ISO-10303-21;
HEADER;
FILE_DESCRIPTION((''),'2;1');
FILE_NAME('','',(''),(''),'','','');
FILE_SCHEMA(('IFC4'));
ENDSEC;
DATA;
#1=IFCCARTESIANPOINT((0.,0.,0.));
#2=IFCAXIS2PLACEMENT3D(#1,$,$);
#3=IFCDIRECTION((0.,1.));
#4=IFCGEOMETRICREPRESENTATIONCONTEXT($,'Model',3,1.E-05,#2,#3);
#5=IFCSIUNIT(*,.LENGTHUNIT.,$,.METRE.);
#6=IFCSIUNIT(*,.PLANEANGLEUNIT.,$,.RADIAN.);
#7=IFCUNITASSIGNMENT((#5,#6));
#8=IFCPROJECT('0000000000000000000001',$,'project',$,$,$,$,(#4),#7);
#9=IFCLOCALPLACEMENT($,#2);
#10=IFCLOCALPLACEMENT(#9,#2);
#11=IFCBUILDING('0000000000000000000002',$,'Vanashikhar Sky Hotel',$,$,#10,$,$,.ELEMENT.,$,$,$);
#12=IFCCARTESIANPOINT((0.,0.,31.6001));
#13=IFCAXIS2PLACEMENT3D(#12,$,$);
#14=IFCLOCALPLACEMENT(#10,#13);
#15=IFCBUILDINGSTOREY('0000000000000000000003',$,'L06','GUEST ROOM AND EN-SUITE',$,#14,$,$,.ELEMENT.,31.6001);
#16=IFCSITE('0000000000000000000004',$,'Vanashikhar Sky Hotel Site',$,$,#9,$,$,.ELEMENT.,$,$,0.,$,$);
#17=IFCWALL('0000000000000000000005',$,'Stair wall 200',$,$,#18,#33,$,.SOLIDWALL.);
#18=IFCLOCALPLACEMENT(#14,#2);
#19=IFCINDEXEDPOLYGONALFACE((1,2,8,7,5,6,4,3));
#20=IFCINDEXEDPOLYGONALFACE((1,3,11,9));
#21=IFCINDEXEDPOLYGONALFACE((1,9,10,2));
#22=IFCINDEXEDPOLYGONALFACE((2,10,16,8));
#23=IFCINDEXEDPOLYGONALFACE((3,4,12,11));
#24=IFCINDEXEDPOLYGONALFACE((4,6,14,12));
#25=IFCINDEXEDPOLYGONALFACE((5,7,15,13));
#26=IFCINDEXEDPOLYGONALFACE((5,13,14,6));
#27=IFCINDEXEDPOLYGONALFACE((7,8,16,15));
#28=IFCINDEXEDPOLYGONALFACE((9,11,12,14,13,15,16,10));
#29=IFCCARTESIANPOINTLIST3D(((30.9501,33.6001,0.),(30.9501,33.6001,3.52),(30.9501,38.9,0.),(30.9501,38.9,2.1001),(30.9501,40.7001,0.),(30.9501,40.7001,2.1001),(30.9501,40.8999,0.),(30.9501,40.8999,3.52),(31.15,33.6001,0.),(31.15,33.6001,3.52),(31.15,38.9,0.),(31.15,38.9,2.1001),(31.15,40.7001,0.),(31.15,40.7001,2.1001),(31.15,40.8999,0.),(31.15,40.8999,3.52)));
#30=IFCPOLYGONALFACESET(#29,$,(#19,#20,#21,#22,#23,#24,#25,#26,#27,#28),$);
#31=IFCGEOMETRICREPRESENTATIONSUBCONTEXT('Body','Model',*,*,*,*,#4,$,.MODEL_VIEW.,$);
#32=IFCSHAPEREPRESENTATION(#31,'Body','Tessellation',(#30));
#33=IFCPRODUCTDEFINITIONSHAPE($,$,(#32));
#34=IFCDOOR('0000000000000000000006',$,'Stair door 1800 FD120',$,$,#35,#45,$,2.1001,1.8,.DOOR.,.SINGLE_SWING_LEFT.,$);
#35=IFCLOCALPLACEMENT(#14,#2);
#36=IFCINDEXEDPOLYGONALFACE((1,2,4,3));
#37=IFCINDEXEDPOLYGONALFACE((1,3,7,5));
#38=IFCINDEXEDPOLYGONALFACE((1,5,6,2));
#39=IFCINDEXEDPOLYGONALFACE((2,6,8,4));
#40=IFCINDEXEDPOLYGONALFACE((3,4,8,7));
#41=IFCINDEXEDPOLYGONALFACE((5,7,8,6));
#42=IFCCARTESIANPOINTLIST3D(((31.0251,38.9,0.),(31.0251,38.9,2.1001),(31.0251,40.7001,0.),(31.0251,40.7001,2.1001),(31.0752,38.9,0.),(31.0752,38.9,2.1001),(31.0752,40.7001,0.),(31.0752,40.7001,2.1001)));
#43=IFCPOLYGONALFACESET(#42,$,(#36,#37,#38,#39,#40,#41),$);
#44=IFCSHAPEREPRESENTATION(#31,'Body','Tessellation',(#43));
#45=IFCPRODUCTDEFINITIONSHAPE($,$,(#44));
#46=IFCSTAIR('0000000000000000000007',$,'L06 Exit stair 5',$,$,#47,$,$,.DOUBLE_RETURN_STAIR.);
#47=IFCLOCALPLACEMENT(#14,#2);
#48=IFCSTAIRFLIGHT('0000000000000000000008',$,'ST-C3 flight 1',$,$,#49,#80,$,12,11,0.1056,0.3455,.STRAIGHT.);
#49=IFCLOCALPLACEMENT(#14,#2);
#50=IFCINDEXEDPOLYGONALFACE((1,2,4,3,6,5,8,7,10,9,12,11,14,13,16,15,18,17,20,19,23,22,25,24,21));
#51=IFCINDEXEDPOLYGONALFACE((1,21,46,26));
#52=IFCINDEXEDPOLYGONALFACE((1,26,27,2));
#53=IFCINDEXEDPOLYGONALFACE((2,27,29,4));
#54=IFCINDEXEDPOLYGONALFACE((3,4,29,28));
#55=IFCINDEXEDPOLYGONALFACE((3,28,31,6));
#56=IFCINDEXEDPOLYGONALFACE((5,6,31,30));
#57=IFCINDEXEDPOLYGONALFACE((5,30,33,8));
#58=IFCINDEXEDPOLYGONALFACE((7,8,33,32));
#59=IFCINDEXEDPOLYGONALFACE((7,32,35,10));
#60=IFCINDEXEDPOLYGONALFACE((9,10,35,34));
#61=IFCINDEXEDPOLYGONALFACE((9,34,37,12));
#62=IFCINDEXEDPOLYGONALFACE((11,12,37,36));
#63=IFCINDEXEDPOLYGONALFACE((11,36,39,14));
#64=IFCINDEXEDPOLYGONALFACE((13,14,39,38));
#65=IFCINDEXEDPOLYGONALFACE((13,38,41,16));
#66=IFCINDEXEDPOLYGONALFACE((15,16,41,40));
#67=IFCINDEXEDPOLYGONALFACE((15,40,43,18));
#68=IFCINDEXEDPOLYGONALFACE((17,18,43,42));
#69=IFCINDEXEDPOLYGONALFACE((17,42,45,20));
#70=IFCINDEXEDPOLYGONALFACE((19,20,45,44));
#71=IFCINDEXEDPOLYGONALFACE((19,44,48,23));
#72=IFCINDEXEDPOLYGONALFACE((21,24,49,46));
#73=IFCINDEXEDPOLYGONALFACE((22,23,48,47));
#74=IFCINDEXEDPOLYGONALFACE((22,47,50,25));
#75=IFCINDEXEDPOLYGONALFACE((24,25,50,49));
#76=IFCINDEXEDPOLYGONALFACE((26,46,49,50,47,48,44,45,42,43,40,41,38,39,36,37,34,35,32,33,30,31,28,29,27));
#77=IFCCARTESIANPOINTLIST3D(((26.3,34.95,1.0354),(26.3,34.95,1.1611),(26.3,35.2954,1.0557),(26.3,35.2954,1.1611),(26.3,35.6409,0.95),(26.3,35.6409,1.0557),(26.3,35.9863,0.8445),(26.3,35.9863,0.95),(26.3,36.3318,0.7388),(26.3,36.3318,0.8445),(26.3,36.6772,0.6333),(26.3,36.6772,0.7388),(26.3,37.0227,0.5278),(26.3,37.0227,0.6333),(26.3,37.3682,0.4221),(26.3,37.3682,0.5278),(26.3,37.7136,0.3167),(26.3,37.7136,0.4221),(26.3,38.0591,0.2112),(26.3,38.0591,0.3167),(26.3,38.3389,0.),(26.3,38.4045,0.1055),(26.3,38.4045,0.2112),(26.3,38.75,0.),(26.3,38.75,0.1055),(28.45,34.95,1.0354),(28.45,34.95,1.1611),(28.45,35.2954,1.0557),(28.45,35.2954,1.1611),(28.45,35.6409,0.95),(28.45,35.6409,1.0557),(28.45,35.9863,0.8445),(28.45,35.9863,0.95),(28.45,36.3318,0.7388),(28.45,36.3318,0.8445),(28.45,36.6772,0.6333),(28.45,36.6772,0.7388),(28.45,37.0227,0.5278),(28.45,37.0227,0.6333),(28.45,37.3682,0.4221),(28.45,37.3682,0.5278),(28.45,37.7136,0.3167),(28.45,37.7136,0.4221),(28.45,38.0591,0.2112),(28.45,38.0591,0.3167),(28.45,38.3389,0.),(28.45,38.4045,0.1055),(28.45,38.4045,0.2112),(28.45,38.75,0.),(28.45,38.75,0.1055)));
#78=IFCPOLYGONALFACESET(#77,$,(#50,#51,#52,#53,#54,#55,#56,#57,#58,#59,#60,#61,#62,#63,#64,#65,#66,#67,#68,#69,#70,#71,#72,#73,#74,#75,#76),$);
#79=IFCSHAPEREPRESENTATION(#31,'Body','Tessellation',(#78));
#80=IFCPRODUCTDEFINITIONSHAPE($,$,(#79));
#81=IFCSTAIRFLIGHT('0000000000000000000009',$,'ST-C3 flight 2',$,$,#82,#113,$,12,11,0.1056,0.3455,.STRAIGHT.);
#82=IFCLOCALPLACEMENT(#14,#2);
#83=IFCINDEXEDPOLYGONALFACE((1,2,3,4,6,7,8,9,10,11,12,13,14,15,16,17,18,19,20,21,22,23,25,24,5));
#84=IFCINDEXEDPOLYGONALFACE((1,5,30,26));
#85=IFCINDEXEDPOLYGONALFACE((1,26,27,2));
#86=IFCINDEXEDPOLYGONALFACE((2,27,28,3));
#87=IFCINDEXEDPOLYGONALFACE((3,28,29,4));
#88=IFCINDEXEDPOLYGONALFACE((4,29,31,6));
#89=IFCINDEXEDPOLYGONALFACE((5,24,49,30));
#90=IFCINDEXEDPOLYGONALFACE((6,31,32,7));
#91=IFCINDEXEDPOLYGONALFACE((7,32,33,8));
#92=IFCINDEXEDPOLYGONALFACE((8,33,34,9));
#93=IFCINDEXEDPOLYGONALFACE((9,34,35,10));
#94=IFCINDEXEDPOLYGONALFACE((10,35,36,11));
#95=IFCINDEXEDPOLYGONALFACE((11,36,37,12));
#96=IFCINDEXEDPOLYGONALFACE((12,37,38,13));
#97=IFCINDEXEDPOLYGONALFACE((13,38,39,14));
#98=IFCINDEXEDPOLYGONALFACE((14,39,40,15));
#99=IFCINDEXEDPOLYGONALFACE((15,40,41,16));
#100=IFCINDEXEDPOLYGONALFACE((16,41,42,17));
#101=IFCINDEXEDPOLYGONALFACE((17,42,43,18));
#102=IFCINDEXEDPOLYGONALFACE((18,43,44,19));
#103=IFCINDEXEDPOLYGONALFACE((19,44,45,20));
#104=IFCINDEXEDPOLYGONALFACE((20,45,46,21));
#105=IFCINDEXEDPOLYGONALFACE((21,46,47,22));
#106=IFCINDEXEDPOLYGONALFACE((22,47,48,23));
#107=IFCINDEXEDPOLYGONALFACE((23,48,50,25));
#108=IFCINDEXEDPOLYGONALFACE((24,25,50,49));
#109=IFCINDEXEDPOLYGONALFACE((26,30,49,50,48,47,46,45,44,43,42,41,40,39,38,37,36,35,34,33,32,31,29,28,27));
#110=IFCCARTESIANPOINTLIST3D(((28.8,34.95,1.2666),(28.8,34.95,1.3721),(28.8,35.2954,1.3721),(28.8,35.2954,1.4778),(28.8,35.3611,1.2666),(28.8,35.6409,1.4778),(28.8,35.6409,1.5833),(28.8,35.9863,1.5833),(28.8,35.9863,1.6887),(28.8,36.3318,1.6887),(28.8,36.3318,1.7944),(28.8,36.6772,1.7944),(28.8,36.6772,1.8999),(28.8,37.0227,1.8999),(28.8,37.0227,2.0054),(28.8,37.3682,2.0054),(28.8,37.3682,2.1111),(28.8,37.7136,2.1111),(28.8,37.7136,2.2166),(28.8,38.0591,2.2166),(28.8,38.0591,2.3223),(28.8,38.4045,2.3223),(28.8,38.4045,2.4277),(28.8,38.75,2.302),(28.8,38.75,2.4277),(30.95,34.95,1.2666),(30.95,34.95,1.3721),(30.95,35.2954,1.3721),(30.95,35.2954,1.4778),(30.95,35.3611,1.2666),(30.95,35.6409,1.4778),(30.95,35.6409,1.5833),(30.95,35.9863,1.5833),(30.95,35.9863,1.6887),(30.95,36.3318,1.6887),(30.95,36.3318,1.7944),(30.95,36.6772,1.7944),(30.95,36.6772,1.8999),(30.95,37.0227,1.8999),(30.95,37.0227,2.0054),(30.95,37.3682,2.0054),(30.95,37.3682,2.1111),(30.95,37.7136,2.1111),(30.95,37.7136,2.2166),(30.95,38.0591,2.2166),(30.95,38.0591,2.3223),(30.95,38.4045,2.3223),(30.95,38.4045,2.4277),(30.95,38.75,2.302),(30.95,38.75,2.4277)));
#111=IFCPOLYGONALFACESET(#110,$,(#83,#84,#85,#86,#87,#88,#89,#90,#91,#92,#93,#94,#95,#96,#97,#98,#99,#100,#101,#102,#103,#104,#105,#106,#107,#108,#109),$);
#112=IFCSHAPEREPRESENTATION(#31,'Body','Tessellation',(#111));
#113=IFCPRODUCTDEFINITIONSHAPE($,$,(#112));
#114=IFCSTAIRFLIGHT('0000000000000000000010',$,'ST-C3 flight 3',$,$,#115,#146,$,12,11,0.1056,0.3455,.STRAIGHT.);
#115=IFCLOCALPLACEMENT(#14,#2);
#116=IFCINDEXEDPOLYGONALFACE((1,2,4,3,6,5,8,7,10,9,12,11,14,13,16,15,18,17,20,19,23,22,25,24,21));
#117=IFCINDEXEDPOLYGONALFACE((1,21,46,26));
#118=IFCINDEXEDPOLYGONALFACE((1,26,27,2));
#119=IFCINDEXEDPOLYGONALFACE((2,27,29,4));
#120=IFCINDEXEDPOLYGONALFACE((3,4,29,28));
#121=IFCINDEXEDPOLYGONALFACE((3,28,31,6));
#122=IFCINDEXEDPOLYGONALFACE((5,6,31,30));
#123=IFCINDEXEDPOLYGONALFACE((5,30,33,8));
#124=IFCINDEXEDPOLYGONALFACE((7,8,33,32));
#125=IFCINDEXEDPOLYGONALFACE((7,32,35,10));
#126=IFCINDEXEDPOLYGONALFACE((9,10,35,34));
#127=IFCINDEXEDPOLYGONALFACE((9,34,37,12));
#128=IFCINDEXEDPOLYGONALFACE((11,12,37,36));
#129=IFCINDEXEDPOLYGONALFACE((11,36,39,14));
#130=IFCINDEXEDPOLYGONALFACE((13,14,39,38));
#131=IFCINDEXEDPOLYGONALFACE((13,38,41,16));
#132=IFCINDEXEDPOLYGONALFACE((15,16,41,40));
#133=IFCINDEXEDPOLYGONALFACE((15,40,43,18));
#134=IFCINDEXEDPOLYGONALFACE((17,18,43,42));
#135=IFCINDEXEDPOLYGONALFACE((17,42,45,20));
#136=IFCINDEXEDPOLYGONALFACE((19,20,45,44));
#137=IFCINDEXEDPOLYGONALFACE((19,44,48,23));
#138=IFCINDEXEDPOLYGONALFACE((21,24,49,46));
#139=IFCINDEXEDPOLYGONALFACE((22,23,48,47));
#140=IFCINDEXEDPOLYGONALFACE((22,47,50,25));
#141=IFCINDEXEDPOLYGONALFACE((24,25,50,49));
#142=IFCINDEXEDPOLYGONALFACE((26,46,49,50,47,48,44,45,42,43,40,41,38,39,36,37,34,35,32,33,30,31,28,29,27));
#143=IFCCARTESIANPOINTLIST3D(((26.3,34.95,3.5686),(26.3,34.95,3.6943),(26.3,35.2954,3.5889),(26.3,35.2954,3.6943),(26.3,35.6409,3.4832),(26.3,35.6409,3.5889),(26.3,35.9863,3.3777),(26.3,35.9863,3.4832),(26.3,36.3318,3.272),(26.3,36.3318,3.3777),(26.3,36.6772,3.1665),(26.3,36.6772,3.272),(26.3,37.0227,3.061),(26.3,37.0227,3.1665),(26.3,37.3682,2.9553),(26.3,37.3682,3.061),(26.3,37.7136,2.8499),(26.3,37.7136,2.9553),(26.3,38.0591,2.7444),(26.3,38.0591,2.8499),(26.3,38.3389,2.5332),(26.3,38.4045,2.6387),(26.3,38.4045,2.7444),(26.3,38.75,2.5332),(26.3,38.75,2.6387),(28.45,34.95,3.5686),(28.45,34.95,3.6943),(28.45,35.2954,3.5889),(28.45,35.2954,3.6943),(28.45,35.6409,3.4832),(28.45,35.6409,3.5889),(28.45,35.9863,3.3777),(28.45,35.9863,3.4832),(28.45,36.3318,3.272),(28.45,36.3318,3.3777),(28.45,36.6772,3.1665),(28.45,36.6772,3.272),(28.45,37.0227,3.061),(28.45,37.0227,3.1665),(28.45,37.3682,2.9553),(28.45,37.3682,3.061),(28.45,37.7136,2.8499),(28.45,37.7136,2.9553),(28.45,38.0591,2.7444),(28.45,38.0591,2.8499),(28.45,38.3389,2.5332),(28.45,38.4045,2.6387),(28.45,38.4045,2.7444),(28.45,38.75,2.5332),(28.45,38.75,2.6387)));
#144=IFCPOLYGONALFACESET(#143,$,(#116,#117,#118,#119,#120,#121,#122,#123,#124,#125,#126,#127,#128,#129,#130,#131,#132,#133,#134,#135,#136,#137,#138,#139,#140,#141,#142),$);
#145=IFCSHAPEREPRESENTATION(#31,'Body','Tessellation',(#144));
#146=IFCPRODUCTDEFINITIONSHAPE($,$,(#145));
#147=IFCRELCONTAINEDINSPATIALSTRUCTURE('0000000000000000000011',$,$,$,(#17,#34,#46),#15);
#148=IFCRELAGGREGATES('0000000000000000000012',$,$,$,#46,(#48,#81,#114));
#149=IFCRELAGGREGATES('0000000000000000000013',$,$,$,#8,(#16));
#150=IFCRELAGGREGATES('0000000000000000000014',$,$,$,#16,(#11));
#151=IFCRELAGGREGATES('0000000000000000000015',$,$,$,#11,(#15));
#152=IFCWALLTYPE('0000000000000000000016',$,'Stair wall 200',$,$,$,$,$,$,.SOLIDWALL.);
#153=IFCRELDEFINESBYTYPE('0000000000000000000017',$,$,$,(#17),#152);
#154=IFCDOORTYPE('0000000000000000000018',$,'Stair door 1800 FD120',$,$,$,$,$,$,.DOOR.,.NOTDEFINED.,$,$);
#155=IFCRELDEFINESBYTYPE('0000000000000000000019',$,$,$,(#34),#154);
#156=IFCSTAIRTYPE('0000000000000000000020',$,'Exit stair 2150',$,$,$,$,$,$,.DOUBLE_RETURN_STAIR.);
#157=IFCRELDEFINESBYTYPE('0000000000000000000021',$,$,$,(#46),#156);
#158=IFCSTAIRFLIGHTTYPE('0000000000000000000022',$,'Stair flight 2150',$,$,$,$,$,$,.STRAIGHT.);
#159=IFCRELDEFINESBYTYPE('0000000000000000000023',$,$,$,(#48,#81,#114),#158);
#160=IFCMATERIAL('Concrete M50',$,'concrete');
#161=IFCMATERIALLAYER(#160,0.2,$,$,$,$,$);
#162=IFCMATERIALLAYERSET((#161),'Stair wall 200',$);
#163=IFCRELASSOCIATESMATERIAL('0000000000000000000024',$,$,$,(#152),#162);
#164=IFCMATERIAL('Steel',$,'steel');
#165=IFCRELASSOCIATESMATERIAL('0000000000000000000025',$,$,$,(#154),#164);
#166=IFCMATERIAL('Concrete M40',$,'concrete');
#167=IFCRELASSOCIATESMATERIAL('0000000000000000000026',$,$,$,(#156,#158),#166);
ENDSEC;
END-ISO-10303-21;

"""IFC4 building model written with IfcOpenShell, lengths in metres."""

from ifc_helpers import new_model, si_unit, direction, frame, frame_2d, origin, place, context, subcontext, project, spatial, polyline, rectangle, outline, extrude, source, transform, mapped, material, layer, layer_set, type_object, element, fill, aggregate, save


model = new_model("IFC4")

# Units and contexts
model_context = context("Model", 3, precision=1e-05, world=origin(), true_north=direction((0.0, 1.0)))
body_context = subcontext(model_context, "Body", "Model", "MODEL_VIEW")
ifc_project = project(units=[si_unit("LENGTHUNIT", "METRE"), si_unit("PLANEANGLEUNIT", "RADIAN")], contexts=[model_context])

# Site, building, storey
site_placement = place(None, origin())
site = spatial("IfcSite", under=ifc_project, at=site_placement, Name="Vanashikhar Sky Hotel Site", CompositionType="ELEMENT", RefElevation=0.0)
building_placement = place(site_placement, origin())
building = spatial("IfcBuilding", under=site, at=building_placement, Name="Vanashikhar Sky Hotel", CompositionType="ELEMENT")
storey_placement = place(building_placement, frame((0.0, 0.0, 31.6001)))
storey = spatial("IfcBuildingStorey", under=building, at=storey_placement, Name="L06", Description="GUEST ROOM AND EN-SUITE", CompositionType="ELEMENT", Elevation=31.6001)

# Shared definitions
ifc_material_1 = material(Name="Steel", Category="steel")

# Shared definitions
ifc_material_2 = material(Name="Concrete M40", Category="concrete")

# Wall, opening, door
ifc_material_3 = material(Name="Concrete M50", Category="concrete")
ifc_layer_1 = layer(ifc_material_3, 0.2)
ifc_layer_set_1 = layer_set([ifc_layer_1], Name="Stair wall 200")
wall_type_1 = type_object("IfcWallType", Name="Stair wall 200", PredefinedType="SOLIDWALL", material=ifc_layer_set_1)
shared_shape_1 = source(origin(), body_context, "Body", "SweptSolid", [
    extrude(rectangle(XDim=7.2998, YDim=0.2, at=frame_2d((3.6499, 0.0))), origin(), (0.0, 0.0, 1.0), 3.52),
])
wall_1_placement = place(storey_placement, frame((31.05, 33.6001, 0.0), z_axis=(0.0, 0.0, 1.0), x_axis=(0.0, 1.0, 0.0)))
wall_1 = element("IfcWall", 1, at=wall_1_placement, inside=storey, type_object=wall_type_1, Name="Stair wall 200", PredefinedType="SOLIDWALL", context=body_context, shape_type="MappedRepresentation", body=[
    mapped(shared_shape_1, transform((0.0, 0.0, 0.0), scale=1.0)),
])
shared_shape_2 = source(origin(), body_context, "Body", "SweptSolid", [
    extrude(rectangle(XDim=1.8, YDim=2.1001, at=frame_2d((0.8999, 1.05))), frame((0.0, 0.1099, 0.0), z_axis=(0.0, -1.0, 0.0), x_axis=(1.0, 0.0, 0.0)), (0.0, 0.0, 1.0), 0.22),
])
opening_1_placement = place(wall_1_placement, frame((5.3, 0.0, 0.0)))
opening_1 = element("IfcOpeningElement", 2, at=opening_1_placement, cuts=wall_1, PredefinedType="OPENING", context=body_context, shape_type="MappedRepresentation", body=[
    mapped(shared_shape_2, transform((0.0, 0.0, 0.0), scale=1.0)),
])
door_type_1 = type_object("IfcDoorType", Name="Stair door 1800 FD120", OperationType="NOTDEFINED", PredefinedType="DOOR", material=ifc_material_1)
shared_shape_3 = source(origin(), body_context, "Body", "SweptSolid", [
    extrude(rectangle(XDim=1.8, YDim=2.1001, at=frame_2d((0.8999, 1.05))), frame((0.0, 0.0249, 0.0), z_axis=(0.0, -1.0, 0.0), x_axis=(1.0, 0.0, 0.0)), (0.0, 0.0, 1.0), 0.05),
])
door_1_placement = place(opening_1_placement, origin())
door_1 = element("IfcDoor", 3, at=door_1_placement, inside=storey, type_object=door_type_1, Name="Stair door 1800 FD120", OperationType="SINGLE_SWING_LEFT", OverallHeight=2.1001, OverallWidth=1.8, PredefinedType="DOOR", context=body_context, shape_type="MappedRepresentation", body=[
    mapped(shared_shape_3, transform((0.0, 0.0, 0.0), scale=1.0)),
])
fill(opening_1, door_1)

# Stair, stair flights
stair_type = type_object("IfcStairType", Name="Exit stair 2150", PredefinedType="DOUBLE_RETURN_STAIR", material=ifc_material_2)
stair_placement = place(storey_placement, origin())
stair = element("IfcStair", 4, at=stair_placement, inside=storey, type_object=stair_type, Name="L06 Exit stair 5", PredefinedType="DOUBLE_RETURN_STAIR")
stair_flight_type = type_object("IfcStairFlightType", Name="Stair flight 2150", PredefinedType="STRAIGHT", material=ifc_material_2)
shared_shape_4 = source(origin(), body_context, "Body", "SweptSolid", [
    extrude(outline(polyline([(0.0, 0.0), (0.0, 0.1055), (0.3455, 0.1055), (0.3455, 0.2112), (0.6909, 0.2112), (0.6909, 0.3167), (1.0364, 0.3167), (1.0364, 0.4221), (1.3818, 0.4221), (1.3818, 0.5278), (1.7273, 0.5278), (1.7273, 0.6333), (2.0728, 0.6333), (2.0728, 0.7388), (2.4182, 0.7388), (2.4182, 0.8445), (2.7637, 0.8445), (2.7637, 0.95), (3.1091, 0.95), (3.1091, 1.0557), (3.4546, 1.0557), (3.4546, 1.1611), (3.8, 1.1611), (3.8, 1.2666), (3.8, 1.0354), (0.4111, 0.0), (0.0, 0.0)])), frame((0.0, 1.075, 0.0), z_axis=(0.0, -1.0, 0.0), x_axis=(1.0, 0.0, 0.0)), (0.0, 0.0, 1.0), 2.1499),
])
stair_flight_1_placement = place(storey_placement, frame((27.375, 38.75, 0.0), z_axis=(0.0, 0.0, 1.0), x_axis=(0.0, -1.0, 0.0)))
stair_flight_1 = element("IfcStairFlight", 5, at=stair_flight_1_placement, type_object=stair_flight_type, Name="ST-C3 flight 1", NumberOfRisers=12, NumberOfTreads=11, PredefinedType="STRAIGHT", RiserHeight=0.1056, TreadLength=0.3455, context=body_context, shape_type="MappedRepresentation", body=[
    mapped(shared_shape_4, transform((0.0, 0.0, 0.0), scale=1.0)),
])
stair_flight_2_placement = place(storey_placement, frame((29.875, 34.95, 1.2666), z_axis=(0.0, 0.0, 1.0), x_axis=(0.0, 1.0, 0.0)))
stair_flight_2 = element("IfcStairFlight", 6, at=stair_flight_2_placement, type_object=stair_flight_type, Name="ST-C3 flight 2", NumberOfRisers=12, NumberOfTreads=11, PredefinedType="STRAIGHT", RiserHeight=0.1056, TreadLength=0.3455, context=body_context, shape_type="MappedRepresentation", body=[
    mapped(shared_shape_4, transform((0.0, 0.0, 0.0), scale=1.0)),
])
stair_flight_3_placement = place(storey_placement, frame((27.375, 38.75, 2.5332), z_axis=(0.0, 0.0, 1.0), x_axis=(0.0, -1.0, 0.0)))
stair_flight_3 = element("IfcStairFlight", 7, at=stair_flight_3_placement, type_object=stair_flight_type, Name="ST-C3 flight 3", NumberOfRisers=12, NumberOfTreads=11, PredefinedType="STRAIGHT", RiserHeight=0.1056, TreadLength=0.3455, context=body_context, shape_type="MappedRepresentation", body=[
    mapped(shared_shape_4, transform((0.0, 0.0, 0.0), scale=1.0)),
])
aggregate(stair, [stair_flight_1, stair_flight_2, stair_flight_3])

save(model, "model.ifc")
